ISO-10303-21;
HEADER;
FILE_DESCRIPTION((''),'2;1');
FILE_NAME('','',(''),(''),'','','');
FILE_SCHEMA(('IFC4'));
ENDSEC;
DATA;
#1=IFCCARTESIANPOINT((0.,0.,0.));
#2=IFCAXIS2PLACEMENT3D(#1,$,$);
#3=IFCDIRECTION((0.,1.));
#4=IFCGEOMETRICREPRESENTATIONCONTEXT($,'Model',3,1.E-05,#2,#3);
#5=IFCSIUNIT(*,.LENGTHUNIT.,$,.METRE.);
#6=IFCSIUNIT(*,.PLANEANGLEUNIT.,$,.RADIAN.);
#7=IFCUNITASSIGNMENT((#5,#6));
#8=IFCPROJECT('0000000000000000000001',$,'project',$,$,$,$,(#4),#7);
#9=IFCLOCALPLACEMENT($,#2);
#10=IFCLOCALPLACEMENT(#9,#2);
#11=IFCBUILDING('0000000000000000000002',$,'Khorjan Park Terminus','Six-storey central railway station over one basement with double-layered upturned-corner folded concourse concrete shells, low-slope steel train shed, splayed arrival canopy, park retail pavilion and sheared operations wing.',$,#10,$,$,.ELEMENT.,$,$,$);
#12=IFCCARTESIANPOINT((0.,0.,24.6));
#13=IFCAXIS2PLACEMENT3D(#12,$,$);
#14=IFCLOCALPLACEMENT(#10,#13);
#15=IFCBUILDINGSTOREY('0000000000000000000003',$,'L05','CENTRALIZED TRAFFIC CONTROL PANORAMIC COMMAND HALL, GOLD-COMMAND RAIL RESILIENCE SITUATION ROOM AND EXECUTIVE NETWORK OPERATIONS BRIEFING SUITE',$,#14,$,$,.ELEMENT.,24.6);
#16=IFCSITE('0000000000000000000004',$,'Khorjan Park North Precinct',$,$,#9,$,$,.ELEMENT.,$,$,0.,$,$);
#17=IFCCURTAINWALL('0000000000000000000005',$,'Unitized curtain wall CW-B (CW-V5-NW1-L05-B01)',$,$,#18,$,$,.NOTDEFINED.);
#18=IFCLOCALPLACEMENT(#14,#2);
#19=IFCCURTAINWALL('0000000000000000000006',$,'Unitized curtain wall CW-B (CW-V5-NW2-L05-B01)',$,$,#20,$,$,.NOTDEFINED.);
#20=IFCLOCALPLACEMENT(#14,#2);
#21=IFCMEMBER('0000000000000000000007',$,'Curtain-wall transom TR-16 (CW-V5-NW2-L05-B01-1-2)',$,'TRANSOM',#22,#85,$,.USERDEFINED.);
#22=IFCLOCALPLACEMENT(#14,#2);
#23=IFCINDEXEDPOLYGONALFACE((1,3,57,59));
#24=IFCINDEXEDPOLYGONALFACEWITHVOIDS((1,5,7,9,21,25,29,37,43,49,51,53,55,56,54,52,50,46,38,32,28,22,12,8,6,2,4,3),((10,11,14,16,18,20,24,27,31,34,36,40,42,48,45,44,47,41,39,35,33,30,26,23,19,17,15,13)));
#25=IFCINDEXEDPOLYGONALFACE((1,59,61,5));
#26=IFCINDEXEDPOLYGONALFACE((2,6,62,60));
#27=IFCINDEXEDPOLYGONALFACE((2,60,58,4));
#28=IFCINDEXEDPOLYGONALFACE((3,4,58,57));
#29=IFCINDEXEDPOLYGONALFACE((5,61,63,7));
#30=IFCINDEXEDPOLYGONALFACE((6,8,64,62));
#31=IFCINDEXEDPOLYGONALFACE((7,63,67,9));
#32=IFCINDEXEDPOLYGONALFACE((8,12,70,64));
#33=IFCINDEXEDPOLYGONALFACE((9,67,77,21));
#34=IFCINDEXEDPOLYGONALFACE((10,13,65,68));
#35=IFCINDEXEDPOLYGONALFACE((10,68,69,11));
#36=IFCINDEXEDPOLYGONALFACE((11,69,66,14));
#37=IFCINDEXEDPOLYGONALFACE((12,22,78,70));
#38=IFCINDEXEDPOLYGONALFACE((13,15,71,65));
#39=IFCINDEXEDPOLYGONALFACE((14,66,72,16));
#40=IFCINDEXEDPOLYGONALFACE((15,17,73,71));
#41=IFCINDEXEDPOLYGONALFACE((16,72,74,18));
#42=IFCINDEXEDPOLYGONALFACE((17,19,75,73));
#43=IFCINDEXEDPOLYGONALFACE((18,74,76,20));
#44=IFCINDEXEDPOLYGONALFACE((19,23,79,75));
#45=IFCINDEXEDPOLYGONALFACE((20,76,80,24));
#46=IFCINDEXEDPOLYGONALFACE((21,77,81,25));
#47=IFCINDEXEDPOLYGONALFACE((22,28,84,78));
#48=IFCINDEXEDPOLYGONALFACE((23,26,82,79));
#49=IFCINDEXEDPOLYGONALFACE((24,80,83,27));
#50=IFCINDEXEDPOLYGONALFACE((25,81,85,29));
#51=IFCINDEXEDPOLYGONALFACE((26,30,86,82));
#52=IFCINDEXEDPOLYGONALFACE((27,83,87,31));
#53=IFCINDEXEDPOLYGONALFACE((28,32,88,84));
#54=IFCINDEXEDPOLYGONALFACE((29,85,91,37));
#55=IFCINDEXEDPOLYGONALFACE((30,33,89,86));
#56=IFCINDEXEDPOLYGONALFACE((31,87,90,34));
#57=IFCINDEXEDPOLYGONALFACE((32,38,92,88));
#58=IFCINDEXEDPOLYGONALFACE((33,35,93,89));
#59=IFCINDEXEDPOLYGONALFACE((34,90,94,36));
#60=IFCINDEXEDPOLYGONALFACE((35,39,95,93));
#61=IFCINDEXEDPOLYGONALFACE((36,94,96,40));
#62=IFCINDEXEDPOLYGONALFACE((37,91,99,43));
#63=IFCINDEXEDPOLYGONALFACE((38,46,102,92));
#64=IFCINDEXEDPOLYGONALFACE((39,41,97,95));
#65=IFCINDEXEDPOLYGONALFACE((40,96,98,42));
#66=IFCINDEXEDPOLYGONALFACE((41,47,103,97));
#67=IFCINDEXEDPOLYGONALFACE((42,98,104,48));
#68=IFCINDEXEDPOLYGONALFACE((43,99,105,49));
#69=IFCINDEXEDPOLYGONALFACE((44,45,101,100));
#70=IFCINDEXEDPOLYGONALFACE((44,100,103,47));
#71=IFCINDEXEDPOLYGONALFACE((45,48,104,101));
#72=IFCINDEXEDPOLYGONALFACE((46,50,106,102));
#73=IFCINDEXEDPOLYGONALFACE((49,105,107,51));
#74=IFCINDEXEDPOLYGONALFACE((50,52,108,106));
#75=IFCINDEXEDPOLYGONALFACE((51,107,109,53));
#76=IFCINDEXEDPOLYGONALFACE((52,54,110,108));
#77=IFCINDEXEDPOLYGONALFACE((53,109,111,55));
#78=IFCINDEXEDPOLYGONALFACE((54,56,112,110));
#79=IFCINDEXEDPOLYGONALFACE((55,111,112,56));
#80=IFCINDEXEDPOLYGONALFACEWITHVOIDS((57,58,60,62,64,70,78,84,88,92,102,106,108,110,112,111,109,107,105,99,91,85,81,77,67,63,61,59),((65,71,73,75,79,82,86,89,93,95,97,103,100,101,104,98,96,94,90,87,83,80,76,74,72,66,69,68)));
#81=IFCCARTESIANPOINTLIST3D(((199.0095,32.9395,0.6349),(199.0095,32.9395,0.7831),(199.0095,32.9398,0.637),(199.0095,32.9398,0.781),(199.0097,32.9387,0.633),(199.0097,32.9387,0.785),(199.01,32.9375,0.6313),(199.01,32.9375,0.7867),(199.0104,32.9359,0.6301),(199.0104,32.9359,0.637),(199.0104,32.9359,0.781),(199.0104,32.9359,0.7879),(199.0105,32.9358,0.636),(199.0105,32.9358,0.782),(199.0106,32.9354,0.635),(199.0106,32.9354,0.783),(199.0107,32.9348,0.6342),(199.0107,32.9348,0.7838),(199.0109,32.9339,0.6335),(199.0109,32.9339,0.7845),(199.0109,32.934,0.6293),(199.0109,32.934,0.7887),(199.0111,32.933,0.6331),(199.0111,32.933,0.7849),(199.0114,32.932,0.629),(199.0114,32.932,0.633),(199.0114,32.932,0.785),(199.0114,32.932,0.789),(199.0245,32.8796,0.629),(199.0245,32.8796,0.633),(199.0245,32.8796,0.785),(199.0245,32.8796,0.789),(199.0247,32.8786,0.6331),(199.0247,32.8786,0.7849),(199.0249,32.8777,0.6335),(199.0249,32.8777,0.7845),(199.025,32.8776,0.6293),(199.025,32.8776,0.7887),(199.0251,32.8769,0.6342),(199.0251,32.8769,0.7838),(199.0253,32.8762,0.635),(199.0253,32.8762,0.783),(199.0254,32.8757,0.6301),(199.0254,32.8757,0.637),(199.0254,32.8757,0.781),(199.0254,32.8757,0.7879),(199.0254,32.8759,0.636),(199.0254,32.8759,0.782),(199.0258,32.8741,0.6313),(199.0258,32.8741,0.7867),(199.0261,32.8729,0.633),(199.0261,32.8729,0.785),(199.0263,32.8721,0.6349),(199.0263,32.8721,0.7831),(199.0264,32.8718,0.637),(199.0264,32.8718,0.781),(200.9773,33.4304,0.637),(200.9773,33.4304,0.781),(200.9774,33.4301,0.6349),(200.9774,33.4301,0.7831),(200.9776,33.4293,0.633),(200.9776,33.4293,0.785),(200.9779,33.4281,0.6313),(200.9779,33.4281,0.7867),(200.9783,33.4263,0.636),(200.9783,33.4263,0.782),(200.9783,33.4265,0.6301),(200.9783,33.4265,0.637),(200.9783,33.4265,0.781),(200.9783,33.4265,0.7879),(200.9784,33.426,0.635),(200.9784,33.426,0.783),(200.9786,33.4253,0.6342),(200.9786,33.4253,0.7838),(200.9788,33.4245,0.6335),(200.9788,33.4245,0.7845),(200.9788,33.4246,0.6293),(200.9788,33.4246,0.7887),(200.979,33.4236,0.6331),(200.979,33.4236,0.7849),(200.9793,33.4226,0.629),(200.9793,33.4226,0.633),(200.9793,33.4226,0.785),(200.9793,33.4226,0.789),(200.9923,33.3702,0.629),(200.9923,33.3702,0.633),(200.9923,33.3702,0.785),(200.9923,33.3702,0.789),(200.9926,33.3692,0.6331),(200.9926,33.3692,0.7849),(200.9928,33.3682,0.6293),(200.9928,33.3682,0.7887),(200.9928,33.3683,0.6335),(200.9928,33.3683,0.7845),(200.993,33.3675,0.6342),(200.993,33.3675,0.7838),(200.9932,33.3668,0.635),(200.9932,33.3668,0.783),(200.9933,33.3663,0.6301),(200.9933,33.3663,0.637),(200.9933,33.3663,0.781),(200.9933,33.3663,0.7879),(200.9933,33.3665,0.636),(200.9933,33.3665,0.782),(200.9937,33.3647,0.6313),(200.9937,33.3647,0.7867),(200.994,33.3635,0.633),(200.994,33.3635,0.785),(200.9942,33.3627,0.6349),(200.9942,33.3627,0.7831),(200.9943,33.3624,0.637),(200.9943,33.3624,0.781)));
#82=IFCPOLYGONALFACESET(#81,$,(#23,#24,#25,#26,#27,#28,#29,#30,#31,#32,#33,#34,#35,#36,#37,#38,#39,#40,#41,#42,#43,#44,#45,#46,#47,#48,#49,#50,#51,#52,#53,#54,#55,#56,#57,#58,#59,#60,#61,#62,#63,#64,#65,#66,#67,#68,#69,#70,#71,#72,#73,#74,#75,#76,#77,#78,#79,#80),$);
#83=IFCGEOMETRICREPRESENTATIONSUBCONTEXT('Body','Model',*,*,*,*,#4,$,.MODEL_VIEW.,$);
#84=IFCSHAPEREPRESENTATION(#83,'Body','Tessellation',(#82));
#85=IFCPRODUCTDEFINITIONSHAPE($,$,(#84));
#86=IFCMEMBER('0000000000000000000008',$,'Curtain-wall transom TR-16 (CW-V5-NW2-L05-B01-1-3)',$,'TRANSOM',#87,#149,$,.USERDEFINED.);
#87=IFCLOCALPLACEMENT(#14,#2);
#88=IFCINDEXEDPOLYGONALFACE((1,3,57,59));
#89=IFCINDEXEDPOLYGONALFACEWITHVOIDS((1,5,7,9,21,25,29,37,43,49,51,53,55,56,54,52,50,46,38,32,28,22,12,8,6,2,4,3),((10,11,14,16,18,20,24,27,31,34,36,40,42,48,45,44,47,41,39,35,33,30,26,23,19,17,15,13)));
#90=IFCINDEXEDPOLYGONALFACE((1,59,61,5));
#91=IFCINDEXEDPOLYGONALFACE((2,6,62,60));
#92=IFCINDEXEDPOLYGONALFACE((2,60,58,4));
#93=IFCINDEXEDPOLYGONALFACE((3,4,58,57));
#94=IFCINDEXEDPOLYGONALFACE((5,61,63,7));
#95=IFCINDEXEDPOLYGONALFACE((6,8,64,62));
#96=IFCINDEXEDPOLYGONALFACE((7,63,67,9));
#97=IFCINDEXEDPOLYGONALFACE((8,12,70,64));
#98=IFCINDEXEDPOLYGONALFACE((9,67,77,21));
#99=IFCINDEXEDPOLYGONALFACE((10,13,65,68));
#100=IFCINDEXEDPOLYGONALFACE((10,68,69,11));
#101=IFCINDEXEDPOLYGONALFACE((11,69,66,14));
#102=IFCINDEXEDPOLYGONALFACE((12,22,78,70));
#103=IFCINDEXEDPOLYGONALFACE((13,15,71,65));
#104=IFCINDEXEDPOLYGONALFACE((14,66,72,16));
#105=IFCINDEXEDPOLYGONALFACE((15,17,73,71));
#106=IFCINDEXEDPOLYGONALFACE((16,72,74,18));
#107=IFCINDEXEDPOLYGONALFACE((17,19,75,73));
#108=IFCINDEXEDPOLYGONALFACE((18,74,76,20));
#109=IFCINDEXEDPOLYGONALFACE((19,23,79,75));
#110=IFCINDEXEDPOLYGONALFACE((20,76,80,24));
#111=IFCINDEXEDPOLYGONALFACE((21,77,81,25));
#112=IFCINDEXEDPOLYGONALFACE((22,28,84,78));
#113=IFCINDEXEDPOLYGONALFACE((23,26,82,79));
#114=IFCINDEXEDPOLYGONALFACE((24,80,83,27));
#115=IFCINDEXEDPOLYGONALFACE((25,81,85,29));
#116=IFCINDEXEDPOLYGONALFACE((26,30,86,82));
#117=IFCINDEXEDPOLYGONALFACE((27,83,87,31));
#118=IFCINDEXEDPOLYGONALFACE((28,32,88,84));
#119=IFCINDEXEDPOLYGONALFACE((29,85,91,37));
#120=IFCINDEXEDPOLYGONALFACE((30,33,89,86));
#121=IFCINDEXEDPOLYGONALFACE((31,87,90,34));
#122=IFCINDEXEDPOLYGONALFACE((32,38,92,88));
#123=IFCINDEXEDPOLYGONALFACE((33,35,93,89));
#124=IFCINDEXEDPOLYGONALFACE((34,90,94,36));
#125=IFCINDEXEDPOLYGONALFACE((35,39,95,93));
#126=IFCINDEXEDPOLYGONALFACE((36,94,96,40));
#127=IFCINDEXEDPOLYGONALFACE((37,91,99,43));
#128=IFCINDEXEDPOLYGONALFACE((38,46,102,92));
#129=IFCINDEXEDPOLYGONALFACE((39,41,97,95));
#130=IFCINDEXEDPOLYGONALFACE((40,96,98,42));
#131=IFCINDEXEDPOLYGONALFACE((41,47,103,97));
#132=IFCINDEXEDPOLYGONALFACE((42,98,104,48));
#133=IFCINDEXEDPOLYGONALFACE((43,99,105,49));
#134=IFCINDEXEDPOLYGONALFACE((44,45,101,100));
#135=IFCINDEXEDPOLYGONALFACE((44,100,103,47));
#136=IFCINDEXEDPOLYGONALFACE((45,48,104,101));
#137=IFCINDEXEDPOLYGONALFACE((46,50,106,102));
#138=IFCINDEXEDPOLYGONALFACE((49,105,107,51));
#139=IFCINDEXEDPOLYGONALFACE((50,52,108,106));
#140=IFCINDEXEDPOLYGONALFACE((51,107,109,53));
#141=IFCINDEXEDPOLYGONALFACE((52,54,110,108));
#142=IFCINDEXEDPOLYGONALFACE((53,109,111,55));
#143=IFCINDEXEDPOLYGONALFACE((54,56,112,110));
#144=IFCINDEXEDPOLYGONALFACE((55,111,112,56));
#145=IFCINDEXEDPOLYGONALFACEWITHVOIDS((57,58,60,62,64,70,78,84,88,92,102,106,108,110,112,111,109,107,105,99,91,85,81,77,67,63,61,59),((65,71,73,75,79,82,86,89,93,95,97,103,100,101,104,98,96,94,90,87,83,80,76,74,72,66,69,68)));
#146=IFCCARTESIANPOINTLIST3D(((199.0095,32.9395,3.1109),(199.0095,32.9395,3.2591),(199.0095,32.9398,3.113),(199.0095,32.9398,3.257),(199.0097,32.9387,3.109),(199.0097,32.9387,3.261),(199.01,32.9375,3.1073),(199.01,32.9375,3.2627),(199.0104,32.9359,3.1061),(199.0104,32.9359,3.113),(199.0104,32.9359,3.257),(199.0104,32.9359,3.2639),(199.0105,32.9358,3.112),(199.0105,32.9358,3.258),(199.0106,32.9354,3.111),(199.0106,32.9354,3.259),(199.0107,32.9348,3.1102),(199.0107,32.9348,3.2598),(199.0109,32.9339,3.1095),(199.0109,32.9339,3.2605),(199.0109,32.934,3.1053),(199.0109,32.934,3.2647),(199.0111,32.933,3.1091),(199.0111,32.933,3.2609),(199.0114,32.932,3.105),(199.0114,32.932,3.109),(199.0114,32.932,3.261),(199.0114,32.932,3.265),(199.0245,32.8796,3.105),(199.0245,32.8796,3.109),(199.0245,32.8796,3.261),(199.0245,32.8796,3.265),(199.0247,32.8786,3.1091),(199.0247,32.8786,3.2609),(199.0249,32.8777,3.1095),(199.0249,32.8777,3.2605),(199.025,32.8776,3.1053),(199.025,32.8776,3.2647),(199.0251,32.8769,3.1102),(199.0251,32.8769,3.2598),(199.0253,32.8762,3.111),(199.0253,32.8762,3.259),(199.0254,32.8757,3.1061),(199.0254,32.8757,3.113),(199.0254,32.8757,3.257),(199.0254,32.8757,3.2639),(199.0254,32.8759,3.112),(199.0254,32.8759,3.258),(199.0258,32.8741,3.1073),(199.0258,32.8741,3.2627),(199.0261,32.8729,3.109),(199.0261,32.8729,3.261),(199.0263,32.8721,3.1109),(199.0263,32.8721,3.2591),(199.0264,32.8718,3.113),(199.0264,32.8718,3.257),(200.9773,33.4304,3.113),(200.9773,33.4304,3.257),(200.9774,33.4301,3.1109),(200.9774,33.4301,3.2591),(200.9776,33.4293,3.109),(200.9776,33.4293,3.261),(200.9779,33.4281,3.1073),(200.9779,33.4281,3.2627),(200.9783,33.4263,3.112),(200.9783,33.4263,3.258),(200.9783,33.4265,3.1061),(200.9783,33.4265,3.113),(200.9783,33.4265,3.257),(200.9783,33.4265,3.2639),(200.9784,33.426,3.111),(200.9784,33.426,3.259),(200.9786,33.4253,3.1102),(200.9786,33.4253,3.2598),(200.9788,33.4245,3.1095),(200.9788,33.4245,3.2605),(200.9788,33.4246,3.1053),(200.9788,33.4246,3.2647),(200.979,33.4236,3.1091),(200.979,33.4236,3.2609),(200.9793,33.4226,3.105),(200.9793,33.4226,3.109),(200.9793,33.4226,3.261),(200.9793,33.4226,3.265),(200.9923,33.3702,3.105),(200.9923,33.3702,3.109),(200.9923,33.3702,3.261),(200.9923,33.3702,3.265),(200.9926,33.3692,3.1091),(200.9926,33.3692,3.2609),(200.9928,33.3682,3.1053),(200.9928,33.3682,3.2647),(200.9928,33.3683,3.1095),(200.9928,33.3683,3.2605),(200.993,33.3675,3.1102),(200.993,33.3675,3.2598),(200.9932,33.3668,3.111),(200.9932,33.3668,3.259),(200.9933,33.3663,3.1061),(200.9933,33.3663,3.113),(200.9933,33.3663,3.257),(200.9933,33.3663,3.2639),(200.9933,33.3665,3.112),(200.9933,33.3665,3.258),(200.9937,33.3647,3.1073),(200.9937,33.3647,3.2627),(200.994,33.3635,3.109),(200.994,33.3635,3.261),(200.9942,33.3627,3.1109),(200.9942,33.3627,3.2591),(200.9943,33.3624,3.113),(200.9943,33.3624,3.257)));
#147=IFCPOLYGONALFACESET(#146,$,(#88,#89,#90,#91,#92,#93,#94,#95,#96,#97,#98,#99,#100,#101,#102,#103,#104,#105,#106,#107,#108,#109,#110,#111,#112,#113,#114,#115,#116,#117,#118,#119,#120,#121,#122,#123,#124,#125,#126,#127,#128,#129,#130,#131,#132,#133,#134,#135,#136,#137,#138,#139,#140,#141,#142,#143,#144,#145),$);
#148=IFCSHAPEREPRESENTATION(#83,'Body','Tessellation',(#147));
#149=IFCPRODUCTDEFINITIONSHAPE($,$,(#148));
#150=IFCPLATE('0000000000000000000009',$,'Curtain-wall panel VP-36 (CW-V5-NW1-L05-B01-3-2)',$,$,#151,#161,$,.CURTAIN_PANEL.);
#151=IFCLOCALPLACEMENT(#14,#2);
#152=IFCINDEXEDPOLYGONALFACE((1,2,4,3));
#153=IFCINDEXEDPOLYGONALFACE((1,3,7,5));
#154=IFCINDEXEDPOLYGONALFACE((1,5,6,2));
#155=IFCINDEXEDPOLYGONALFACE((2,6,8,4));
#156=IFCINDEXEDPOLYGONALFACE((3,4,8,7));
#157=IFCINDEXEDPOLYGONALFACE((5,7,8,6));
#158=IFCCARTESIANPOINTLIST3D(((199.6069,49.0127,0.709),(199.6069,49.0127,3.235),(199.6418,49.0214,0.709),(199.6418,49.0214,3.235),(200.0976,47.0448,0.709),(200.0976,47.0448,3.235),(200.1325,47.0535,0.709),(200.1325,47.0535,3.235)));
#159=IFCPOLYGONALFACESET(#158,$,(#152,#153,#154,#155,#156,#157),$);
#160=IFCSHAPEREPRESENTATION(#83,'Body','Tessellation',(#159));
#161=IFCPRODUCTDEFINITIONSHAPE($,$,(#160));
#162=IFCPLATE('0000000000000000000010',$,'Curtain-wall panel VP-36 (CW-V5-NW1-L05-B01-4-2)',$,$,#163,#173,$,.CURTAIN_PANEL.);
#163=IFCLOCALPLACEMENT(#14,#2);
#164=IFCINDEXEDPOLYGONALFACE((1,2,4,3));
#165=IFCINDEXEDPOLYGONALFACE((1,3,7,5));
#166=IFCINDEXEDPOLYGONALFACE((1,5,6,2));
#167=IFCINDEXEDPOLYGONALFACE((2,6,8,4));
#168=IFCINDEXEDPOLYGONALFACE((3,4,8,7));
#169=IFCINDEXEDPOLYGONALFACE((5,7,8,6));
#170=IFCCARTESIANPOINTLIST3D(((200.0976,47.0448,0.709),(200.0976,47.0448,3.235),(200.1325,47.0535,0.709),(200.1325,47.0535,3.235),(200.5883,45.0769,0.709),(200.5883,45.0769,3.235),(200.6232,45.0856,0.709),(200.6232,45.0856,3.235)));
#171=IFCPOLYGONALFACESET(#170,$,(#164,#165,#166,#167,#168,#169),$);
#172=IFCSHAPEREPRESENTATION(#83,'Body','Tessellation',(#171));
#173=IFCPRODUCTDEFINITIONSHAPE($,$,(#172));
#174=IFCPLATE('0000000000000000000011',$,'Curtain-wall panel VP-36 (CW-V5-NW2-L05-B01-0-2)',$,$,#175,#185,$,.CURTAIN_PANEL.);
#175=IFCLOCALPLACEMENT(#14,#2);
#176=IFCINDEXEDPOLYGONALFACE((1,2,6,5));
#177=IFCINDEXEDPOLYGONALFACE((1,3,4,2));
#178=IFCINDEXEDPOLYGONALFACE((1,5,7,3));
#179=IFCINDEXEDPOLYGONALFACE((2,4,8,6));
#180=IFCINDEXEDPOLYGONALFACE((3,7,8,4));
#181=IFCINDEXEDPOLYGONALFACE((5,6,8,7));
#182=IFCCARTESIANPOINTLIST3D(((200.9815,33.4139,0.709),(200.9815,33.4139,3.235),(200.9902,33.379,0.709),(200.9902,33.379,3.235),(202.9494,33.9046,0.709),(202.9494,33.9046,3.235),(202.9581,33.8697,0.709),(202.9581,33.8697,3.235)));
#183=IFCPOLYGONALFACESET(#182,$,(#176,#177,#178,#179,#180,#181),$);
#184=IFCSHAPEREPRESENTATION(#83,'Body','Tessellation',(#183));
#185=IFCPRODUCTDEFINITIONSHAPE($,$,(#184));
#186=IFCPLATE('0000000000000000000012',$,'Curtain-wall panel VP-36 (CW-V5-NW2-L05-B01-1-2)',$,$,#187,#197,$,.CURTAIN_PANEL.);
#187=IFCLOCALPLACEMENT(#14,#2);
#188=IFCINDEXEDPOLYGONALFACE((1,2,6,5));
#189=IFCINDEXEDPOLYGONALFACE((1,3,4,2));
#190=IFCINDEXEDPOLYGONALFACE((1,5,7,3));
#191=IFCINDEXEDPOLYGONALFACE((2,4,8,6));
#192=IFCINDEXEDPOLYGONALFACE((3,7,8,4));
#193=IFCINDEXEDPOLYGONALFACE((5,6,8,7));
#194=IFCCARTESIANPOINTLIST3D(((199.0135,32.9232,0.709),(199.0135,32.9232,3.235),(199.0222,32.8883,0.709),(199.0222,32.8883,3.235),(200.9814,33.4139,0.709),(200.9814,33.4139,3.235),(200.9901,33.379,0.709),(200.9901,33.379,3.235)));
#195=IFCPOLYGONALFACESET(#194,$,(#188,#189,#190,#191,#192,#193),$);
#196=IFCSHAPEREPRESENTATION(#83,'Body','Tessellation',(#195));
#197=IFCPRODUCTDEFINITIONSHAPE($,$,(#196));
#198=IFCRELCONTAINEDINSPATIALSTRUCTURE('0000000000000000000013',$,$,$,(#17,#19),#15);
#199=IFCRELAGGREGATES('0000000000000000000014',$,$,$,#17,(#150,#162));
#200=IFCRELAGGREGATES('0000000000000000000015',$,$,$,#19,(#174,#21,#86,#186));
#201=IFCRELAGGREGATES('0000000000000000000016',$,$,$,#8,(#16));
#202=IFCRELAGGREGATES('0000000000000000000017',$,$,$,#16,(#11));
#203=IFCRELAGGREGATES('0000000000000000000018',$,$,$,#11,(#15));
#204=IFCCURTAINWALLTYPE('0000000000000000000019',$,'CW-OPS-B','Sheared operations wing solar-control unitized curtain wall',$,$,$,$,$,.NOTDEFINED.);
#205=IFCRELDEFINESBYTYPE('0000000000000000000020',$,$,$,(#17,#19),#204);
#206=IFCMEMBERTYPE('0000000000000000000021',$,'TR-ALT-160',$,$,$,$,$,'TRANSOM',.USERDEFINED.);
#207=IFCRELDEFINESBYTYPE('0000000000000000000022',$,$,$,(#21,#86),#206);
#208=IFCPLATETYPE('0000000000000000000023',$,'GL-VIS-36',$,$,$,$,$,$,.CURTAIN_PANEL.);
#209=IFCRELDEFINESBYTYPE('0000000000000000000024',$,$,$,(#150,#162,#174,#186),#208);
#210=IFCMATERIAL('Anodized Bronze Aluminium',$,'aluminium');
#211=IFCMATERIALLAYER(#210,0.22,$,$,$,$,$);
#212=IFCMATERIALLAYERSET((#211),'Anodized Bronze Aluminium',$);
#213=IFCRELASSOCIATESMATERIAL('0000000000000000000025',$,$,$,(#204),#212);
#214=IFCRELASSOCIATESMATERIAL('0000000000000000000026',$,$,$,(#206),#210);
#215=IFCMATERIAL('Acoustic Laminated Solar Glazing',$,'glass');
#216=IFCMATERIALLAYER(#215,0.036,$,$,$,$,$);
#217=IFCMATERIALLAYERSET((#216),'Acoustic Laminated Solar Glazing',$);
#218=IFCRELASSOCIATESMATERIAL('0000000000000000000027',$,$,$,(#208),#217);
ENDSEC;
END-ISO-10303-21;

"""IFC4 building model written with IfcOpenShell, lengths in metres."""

from ifc_helpers import new_model, si_unit, direction, frame, origin, origin_2d, place, context, subcontext, project, spatial, rectangle, hollow_rectangle, extrude, material, layer, layer_set, material_profile, profile_set, type_object, element, aggregate, save


model = new_model("IFC4")

# Units and contexts
model_context = context("Model", 3, precision=1e-05, world=origin(), true_north=direction((0.0, 1.0)))
body_context = subcontext(model_context, "Body", "Model", "MODEL_VIEW")
ifc_project = project(units=[si_unit("LENGTHUNIT", "METRE"), si_unit("PLANEANGLEUNIT", "RADIAN")], contexts=[model_context])

# Site, building, storey
site_placement = place(None, origin())
site = spatial("IfcSite", under=ifc_project, at=site_placement, Name="Khorjan Park North Precinct", CompositionType="ELEMENT", RefElevation=0.0)
building_placement = place(site_placement, origin())
building = spatial("IfcBuilding", under=site, at=building_placement, Name="Khorjan Park Terminus", Description="Six-storey central railway station over one basement with double-layered upturned-corner folded concourse concrete shells, low-slope steel train shed, splayed arrival canopy, park retail pavilion and sheared operations wing.", CompositionType="ELEMENT")
storey_placement = place(building_placement, frame((0.0, 0.0, 24.6)))
storey = spatial("IfcBuildingStorey", under=building, at=storey_placement, Name="L05", Description="CENTRALIZED TRAFFIC CONTROL PANORAMIC COMMAND HALL, GOLD-COMMAND RAIL RESILIENCE SITUATION ROOM AND EXECUTIVE NETWORK OPERATIONS BRIEFING SUITE", CompositionType="ELEMENT", Elevation=24.6)

# Curtain wall
ifc_material_1 = material(Name="Anodized Bronze Aluminium", Category="aluminium")
ifc_layer_1 = layer(ifc_material_1, 0.22)
ifc_layer_set_1 = layer_set([ifc_layer_1], Name="Anodized Bronze Aluminium")
curtain_wall_type = type_object("IfcCurtainWallType", Name="CW-OPS-B", Description="Sheared operations wing solar-control unitized curtain wall", PredefinedType="NOTDEFINED", material=ifc_layer_set_1)
curtain_wall_1_placement = place(storey_placement, origin())
curtain_wall_1 = element("IfcCurtainWall", 1, at=curtain_wall_1_placement, inside=storey, type_object=curtain_wall_type, Name="Unitized curtain wall CW-B (CW-V5-NW1-L05-B01)", PredefinedType="NOTDEFINED")

# Curtain wall
curtain_wall_2_placement = place(storey_placement, origin())
curtain_wall_2 = element("IfcCurtainWall", 2, at=curtain_wall_2_placement, inside=storey, type_object=curtain_wall_type, Name="Unitized curtain wall CW-B (CW-V5-NW2-L05-B01)", PredefinedType="NOTDEFINED")

# Members
ifc_material_profile_1 = material_profile(ifc_material_1, hollow_rectangle(XDim=0.07, YDim=0.16, WallThickness=0.004, InnerFilletRadius=0.004, OuterFilletRadius=0.008, at=origin_2d()), Name="ALT 70x160x4")
ifc_profile_set_1 = profile_set([ifc_material_profile_1], Name="Anodized Bronze Aluminium")
member_type_1 = type_object("IfcMemberType", Name="TR-ALT-160", ElementType="TRANSOM", PredefinedType="USERDEFINED", material=ifc_profile_set_1)
member_1_placement = place(storey_placement, frame((200.9858, 33.3964, 0.709), z_axis=(-0.970302, -0.241897, 0.0), x_axis=(0.241897, -0.970302, 0.0)))
member_1 = element("IfcMember", 3, at=member_1_placement, type_object=member_type_1, Name="Curtain-wall transom TR-16 (CW-V5-NW2-L05-B01-1-2)", ObjectType="TRANSOM", PredefinedType="USERDEFINED", context=body_context, shape_type="SweptSolid", body=[
    extrude(hollow_rectangle(XDim=0.07, YDim=0.16, WallThickness=0.004, InnerFilletRadius=0.004, OuterFilletRadius=0.008, at=origin_2d()), origin(), (0.0, 0.0, 1.0), 2.0281),
])
member_2_placement = place(storey_placement, frame((200.9858, 33.3964, 3.185), z_axis=(-0.970302, -0.241897, 0.0), x_axis=(0.241897, -0.970302, 0.0)))
member_2 = element("IfcMember", 4, at=member_2_placement, type_object=member_type_1, Name="Curtain-wall transom TR-16 (CW-V5-NW2-L05-B01-1-3)", ObjectType="TRANSOM", PredefinedType="USERDEFINED", context=body_context, shape_type="SweptSolid", body=[
    extrude(hollow_rectangle(XDim=0.07, YDim=0.16, WallThickness=0.004, InnerFilletRadius=0.004, OuterFilletRadius=0.008, at=origin_2d()), origin(), (0.0, 0.0, 1.0), 2.0281),
])

# Plates
ifc_material_2 = material(Name="Acoustic Laminated Solar Glazing", Category="glass")
ifc_layer_2 = layer(ifc_material_2, 0.036)
ifc_layer_set_2 = layer_set([ifc_layer_2], Name="Acoustic Laminated Solar Glazing")
plate_type_1 = type_object("IfcPlateType", Name="GL-VIS-36", PredefinedType="CURTAIN_PANEL", material=ifc_layer_set_2)
plate_1_placement = place(storey_placement, frame((199.8697, 48.0331, 0.709), z_axis=(0.0, 0.0, 1.0), x_axis=(0.241932, -0.970293, 0.0)))
plate_1 = element("IfcPlate", 5, at=plate_1_placement, type_object=plate_type_1, Name="Curtain-wall panel VP-36 (CW-V5-NW1-L05-B01-3-2)", PredefinedType="CURTAIN_PANEL", context=body_context, shape_type="SweptSolid", body=[
    extrude(rectangle(XDim=2.0282, YDim=0.036, at=origin_2d()), origin(), (0.0, 0.0, 1.0), 2.526),
])
plate_2_placement = place(storey_placement, frame((200.3604, 46.0652, 0.709), z_axis=(0.0, 0.0, 1.0), x_axis=(0.241932, -0.970293, 0.0)))
plate_2 = element("IfcPlate", 6, at=plate_2_placement, type_object=plate_type_1, Name="Curtain-wall panel VP-36 (CW-V5-NW1-L05-B01-4-2)", PredefinedType="CURTAIN_PANEL", context=body_context, shape_type="SweptSolid", body=[
    extrude(rectangle(XDim=2.0282, YDim=0.036, at=origin_2d()), origin(), (0.0, 0.0, 1.0), 2.526),
])
plate_3_placement = place(storey_placement, frame((201.9698, 33.6418, 0.709), z_axis=(0.0, 0.0, 1.0), x_axis=(-0.970294, -0.241928, 0.0)))
plate_3 = element("IfcPlate", 7, at=plate_3_placement, type_object=plate_type_1, Name="Curtain-wall panel VP-36 (CW-V5-NW2-L05-B01-0-2)", PredefinedType="CURTAIN_PANEL", context=body_context, shape_type="SweptSolid", body=[
    extrude(rectangle(XDim=2.0281, YDim=0.036, at=origin_2d()), origin(), (0.0, 0.0, 1.0), 2.526),
])
plate_4_placement = place(storey_placement, frame((200.0018, 33.1511, 0.709), z_axis=(0.0, 0.0, 1.0), x_axis=(-0.970294, -0.241928, 0.0)))
plate_4 = element("IfcPlate", 8, at=plate_4_placement, type_object=plate_type_1, Name="Curtain-wall panel VP-36 (CW-V5-NW2-L05-B01-1-2)", PredefinedType="CURTAIN_PANEL", context=body_context, shape_type="SweptSolid", body=[
    extrude(rectangle(XDim=2.0281, YDim=0.036, at=origin_2d()), origin(), (0.0, 0.0, 1.0), 2.526),
])
aggregate(curtain_wall_1, [plate_1, plate_2])
aggregate(curtain_wall_2, [plate_3, member_1, member_2, plate_4])

save(model, "model.ifc")
